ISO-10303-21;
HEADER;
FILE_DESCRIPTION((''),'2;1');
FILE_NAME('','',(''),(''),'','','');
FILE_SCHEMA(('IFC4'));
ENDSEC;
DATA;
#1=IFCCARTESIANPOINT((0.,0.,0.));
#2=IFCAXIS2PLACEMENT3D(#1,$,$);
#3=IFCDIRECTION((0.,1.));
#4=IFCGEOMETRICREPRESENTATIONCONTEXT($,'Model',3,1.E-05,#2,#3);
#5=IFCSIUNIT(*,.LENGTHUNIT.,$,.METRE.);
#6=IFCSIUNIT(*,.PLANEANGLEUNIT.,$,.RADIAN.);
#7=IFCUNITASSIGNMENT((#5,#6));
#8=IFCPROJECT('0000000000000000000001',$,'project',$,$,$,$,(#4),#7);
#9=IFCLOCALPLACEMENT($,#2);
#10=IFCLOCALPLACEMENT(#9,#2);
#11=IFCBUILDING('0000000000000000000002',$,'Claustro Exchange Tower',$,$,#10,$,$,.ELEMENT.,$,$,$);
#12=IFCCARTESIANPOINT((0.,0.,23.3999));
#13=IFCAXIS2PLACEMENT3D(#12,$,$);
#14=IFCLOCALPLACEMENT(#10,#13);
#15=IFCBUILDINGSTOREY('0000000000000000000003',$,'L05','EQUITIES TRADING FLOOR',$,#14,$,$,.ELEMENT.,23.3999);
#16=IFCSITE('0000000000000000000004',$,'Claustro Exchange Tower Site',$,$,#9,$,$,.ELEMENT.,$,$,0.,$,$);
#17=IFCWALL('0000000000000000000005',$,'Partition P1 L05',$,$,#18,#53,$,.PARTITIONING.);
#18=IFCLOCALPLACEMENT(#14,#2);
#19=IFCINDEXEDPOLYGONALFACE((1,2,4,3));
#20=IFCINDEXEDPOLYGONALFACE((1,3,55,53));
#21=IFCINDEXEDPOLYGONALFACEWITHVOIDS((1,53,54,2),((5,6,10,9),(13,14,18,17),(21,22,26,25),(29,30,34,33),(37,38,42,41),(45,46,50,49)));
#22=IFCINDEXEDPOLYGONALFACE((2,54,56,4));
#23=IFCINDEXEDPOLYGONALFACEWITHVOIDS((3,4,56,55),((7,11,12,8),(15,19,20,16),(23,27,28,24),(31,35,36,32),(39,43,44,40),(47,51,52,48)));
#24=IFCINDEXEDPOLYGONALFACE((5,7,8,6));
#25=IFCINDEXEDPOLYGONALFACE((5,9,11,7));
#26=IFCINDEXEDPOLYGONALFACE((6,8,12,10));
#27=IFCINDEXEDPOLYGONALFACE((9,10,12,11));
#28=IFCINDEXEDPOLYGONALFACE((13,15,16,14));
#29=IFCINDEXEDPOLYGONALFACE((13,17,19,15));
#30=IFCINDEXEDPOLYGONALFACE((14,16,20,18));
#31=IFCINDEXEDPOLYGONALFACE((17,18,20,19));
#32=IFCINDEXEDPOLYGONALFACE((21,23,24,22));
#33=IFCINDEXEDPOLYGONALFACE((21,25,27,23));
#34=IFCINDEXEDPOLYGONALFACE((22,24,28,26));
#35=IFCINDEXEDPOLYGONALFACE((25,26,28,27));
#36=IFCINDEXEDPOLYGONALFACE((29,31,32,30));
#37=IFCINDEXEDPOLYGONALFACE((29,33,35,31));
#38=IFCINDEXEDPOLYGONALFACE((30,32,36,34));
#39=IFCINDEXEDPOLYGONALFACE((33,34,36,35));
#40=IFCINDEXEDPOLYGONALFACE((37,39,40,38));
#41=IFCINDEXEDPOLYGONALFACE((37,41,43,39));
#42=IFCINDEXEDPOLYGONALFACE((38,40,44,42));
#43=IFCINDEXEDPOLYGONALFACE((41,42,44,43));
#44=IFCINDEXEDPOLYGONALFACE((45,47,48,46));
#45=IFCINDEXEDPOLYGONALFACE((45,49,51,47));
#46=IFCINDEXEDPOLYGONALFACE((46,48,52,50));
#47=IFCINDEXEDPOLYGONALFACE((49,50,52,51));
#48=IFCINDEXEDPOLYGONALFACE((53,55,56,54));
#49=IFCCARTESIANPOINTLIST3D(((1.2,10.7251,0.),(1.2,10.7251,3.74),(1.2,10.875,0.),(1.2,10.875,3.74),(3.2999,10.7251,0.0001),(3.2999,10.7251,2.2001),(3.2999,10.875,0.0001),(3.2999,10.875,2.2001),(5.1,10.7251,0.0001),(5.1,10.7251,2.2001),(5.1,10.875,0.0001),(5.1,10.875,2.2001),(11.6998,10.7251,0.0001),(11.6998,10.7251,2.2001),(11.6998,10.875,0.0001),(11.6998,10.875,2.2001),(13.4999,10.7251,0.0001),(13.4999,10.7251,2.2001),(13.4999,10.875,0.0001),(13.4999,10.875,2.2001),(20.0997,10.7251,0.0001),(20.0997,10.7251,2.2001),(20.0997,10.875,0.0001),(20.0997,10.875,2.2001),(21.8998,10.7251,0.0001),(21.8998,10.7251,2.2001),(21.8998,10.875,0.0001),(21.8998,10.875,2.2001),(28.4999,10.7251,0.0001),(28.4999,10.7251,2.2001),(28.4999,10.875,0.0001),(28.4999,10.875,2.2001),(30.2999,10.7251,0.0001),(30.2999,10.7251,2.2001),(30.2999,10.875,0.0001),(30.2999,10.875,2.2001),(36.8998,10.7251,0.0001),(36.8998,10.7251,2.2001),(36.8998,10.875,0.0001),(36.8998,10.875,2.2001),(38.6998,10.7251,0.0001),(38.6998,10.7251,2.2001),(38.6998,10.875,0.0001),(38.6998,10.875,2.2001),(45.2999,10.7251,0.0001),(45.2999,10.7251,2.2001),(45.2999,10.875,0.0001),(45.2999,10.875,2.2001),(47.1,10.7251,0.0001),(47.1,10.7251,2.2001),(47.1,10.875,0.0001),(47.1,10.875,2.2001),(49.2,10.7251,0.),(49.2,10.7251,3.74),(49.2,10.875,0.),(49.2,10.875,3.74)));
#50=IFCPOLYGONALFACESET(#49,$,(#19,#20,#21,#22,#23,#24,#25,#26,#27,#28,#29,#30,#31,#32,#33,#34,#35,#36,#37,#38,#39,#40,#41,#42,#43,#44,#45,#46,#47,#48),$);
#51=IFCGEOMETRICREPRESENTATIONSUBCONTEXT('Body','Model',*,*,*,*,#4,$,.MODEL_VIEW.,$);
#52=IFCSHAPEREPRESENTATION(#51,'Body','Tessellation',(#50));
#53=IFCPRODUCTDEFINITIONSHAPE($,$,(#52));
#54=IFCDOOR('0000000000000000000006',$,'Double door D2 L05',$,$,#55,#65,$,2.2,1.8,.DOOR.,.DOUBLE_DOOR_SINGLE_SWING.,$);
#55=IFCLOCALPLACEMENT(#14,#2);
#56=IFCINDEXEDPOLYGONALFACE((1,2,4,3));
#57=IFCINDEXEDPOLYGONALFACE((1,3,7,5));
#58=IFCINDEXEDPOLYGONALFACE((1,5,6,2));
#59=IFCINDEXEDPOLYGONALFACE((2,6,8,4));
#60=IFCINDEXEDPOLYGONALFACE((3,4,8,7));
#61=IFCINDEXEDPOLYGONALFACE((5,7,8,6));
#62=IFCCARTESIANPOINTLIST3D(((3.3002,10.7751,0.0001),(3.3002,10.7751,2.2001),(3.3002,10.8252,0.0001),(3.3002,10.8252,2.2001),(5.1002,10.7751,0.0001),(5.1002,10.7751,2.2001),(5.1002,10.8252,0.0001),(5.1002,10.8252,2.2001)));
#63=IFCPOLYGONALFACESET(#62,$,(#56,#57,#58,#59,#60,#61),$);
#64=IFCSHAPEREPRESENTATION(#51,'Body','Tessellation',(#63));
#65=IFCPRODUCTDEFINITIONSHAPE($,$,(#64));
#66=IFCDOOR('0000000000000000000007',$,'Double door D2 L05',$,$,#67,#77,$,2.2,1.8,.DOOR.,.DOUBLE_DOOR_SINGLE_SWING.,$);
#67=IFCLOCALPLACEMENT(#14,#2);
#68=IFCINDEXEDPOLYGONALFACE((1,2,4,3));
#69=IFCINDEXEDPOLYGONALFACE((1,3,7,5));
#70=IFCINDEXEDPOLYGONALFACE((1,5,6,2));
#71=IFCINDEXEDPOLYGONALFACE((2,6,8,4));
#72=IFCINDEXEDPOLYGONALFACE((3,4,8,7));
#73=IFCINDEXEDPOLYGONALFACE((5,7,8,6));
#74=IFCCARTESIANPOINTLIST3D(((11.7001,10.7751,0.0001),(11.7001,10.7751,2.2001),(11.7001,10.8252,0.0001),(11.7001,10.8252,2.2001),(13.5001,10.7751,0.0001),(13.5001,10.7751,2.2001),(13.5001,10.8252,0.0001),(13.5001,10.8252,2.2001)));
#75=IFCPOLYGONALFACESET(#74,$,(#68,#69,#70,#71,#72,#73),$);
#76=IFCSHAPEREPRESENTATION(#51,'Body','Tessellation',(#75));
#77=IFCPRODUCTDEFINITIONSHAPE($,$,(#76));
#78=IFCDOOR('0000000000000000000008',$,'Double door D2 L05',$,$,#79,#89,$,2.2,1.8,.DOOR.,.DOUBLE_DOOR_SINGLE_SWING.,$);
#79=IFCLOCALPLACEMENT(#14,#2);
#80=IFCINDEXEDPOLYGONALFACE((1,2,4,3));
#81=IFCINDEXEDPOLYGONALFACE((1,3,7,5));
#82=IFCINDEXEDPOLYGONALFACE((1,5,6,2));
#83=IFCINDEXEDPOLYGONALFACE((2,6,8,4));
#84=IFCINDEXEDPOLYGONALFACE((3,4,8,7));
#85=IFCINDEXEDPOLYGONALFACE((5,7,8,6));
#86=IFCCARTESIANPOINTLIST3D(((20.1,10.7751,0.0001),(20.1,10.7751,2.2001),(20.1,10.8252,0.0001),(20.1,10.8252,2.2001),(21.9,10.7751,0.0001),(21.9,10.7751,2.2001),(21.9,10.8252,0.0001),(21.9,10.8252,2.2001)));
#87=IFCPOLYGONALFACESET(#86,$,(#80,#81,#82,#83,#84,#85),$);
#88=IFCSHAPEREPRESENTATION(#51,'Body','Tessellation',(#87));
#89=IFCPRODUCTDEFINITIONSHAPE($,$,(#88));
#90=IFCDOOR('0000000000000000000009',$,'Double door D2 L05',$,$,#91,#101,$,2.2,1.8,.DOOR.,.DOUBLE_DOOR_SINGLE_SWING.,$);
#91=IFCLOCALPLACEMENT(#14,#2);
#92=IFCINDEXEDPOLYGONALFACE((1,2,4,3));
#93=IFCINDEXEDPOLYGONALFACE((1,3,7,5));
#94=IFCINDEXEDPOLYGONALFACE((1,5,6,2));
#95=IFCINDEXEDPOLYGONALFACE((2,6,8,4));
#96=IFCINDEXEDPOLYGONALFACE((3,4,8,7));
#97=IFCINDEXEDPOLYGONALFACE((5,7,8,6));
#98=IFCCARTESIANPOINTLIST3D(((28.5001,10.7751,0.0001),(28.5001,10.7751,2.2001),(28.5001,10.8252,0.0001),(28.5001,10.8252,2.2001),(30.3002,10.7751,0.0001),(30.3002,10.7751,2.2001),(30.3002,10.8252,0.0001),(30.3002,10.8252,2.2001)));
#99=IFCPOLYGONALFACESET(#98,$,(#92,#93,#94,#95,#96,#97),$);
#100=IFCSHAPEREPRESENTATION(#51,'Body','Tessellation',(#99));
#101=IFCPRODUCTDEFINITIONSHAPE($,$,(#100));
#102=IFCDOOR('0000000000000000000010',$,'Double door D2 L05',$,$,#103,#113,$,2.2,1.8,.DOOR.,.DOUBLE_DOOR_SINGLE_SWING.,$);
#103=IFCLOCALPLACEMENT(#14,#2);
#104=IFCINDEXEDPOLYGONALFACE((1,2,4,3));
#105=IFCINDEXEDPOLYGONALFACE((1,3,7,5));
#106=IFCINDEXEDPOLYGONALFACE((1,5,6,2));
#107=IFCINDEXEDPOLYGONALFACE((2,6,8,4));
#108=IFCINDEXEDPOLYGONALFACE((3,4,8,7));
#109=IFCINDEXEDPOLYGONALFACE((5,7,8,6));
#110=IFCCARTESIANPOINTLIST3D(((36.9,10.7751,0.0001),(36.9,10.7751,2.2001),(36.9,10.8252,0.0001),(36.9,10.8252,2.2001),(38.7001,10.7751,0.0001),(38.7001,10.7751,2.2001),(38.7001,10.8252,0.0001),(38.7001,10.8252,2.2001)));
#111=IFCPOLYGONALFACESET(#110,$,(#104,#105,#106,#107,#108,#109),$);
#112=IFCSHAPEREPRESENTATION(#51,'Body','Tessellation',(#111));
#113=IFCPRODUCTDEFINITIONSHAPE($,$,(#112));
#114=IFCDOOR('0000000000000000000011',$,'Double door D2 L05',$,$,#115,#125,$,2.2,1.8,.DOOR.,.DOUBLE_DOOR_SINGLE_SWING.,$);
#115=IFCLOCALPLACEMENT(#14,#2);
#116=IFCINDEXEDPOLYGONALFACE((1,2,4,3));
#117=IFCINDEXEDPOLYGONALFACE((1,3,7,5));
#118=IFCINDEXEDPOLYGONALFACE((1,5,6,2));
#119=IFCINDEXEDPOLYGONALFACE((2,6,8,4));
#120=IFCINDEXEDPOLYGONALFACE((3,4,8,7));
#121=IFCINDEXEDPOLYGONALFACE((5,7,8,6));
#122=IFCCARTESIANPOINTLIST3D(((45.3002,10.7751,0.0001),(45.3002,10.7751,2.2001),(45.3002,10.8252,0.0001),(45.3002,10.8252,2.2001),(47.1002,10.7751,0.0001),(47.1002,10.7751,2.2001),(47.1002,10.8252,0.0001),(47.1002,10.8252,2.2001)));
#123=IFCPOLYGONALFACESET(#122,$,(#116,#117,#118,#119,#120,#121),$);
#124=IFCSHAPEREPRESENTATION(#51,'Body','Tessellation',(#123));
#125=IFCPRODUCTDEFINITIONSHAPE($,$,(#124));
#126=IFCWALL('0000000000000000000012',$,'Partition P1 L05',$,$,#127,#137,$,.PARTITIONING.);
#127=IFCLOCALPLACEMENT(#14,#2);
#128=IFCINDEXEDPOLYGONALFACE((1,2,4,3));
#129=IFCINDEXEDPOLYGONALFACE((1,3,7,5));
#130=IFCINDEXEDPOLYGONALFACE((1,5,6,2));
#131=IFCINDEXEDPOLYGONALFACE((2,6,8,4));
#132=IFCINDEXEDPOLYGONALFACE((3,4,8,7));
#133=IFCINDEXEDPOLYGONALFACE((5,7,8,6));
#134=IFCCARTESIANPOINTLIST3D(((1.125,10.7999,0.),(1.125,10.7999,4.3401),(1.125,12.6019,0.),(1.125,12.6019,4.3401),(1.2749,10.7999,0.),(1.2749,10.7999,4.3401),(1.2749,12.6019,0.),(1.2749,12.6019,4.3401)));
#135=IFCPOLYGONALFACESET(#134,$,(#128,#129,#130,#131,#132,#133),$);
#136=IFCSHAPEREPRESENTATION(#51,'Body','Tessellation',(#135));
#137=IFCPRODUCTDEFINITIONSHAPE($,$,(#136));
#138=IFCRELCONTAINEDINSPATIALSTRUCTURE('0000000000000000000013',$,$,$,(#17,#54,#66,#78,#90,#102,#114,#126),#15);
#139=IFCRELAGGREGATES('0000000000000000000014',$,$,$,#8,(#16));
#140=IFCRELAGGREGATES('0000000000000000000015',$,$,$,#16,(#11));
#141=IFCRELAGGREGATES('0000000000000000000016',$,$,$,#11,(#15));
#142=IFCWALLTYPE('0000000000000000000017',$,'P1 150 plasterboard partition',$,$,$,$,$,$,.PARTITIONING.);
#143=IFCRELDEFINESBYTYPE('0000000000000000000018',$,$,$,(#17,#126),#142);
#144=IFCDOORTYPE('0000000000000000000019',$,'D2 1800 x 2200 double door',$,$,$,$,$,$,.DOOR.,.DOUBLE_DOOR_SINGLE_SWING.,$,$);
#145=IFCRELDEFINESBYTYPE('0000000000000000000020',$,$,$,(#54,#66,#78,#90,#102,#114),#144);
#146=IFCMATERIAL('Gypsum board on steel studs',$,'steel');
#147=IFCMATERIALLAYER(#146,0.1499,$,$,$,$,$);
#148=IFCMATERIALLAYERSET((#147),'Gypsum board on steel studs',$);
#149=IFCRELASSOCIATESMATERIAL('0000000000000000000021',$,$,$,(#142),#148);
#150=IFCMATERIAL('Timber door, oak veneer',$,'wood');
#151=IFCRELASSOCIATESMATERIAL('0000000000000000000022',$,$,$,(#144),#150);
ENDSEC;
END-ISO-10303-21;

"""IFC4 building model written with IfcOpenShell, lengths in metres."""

from ifc_helpers import new_model, si_unit, direction, frame, frame_2d, origin, place, context, subcontext, project, spatial, rectangle, extrude, material, layer, layer_set, type_object, element, fill, save


model = new_model("IFC4")

# Units and contexts
model_context = context("Model", 3, precision=1e-05, world=origin(), true_north=direction((0.0, 1.0)))
body_context = subcontext(model_context, "Body", "Model", "MODEL_VIEW")
ifc_project = project(units=[si_unit("LENGTHUNIT", "METRE"), si_unit("PLANEANGLEUNIT", "RADIAN")], contexts=[model_context])

# Site, building, storey
site_placement = place(None, origin())
site = spatial("IfcSite", under=ifc_project, at=site_placement, Name="Claustro Exchange Tower Site", CompositionType="ELEMENT", RefElevation=0.0)
building_placement = place(site_placement, origin())
building = spatial("IfcBuilding", under=site, at=building_placement, Name="Claustro Exchange Tower", CompositionType="ELEMENT")
storey_placement = place(building_placement, frame((0.0, 0.0, 23.3999)))
storey = spatial("IfcBuildingStorey", under=building, at=storey_placement, Name="L05", Description="EQUITIES TRADING FLOOR", CompositionType="ELEMENT", Elevation=23.3999)

# Wall, openings, doors
ifc_material_1 = material(Name="Gypsum board on steel studs", Category="steel")
ifc_layer_1 = layer(ifc_material_1, 0.1499)
ifc_layer_set_1 = layer_set([ifc_layer_1], Name="Gypsum board on steel studs")
wall_type_1 = type_object("IfcWallType", Name="P1 150 plasterboard partition", PredefinedType="PARTITIONING", material=ifc_layer_set_1)
wall_1_placement = place(storey_placement, frame((1.2, 10.8, 0.0), z_axis=(0.0, 0.0, 1.0), x_axis=(1.0, 0.0, 0.0)))
wall_1 = element("IfcWall", 1, at=wall_1_placement, inside=storey, type_object=wall_type_1, Name="Partition P1 L05", PredefinedType="PARTITIONING", context=body_context, shape_type="SweptSolid", body=[
    extrude(rectangle(XDim=48.0, YDim=0.1499, at=frame_2d((24.0, 0.0))), origin(), (0.0, 0.0, 1.0), 3.74),
])
opening_1_placement = place(wall_1_placement, frame((2.1001, 0.0, 0.0)))
opening_1 = element("IfcOpeningElement", 2, at=opening_1_placement, cuts=wall_1, PredefinedType="OPENING", context=body_context, shape_type="SweptSolid", body=[
    extrude(rectangle(XDim=1.8, YDim=2.2, at=frame_2d((0.8999, 1.1001))), frame((0.0, 0.085, 0.0), z_axis=(0.0, -1.0, 0.0), x_axis=(1.0, 0.0, 0.0)), (0.0, 0.0, 1.0), 0.1699),
])
opening_2_placement = place(wall_1_placement, frame((10.5, 0.0, 0.0)))
opening_2 = element("IfcOpeningElement", 3, at=opening_2_placement, cuts=wall_1, PredefinedType="OPENING", context=body_context, shape_type="SweptSolid", body=[
    extrude(rectangle(XDim=1.8, YDim=2.2, at=frame_2d((0.8999, 1.1001))), frame((0.0, 0.085, 0.0), z_axis=(0.0, -1.0, 0.0), x_axis=(1.0, 0.0, 0.0)), (0.0, 0.0, 1.0), 0.1699),
])
opening_3_placement = place(wall_1_placement, frame((18.8999, 0.0, 0.0)))
opening_3 = element("IfcOpeningElement", 4, at=opening_3_placement, cuts=wall_1, PredefinedType="OPENING", context=body_context, shape_type="SweptSolid", body=[
    extrude(rectangle(XDim=1.8, YDim=2.2, at=frame_2d((0.8999, 1.1001))), frame((0.0, 0.085, 0.0), z_axis=(0.0, -1.0, 0.0), x_axis=(1.0, 0.0, 0.0)), (0.0, 0.0, 1.0), 0.1699),
])
opening_4_placement = place(wall_1_placement, frame((27.3, 0.0, 0.0)))
opening_4 = element("IfcOpeningElement", 5, at=opening_4_placement, cuts=wall_1, PredefinedType="OPENING", context=body_context, shape_type="SweptSolid", body=[
    extrude(rectangle(XDim=1.8, YDim=2.2, at=frame_2d((0.8999, 1.1001))), frame((0.0, 0.085, 0.0), z_axis=(0.0, -1.0, 0.0), x_axis=(1.0, 0.0, 0.0)), (0.0, 0.0, 1.0), 0.1699),
])
opening_5_placement = place(wall_1_placement, frame((35.7, 0.0, 0.0)))
opening_5 = element("IfcOpeningElement", 6, at=opening_5_placement, cuts=wall_1, PredefinedType="OPENING", context=body_context, shape_type="SweptSolid", body=[
    extrude(rectangle(XDim=1.8, YDim=2.2, at=frame_2d((0.8999, 1.1001))), frame((0.0, 0.085, 0.0), z_axis=(0.0, -1.0, 0.0), x_axis=(1.0, 0.0, 0.0)), (0.0, 0.0, 1.0), 0.1699),
])
opening_6_placement = place(wall_1_placement, frame((44.1001, 0.0, 0.0)))
opening_6 = element("IfcOpeningElement", 7, at=opening_6_placement, cuts=wall_1, PredefinedType="OPENING", context=body_context, shape_type="SweptSolid", body=[
    extrude(rectangle(XDim=1.8, YDim=2.2, at=frame_2d((0.8999, 1.1001))), frame((0.0, 0.085, 0.0), z_axis=(0.0, -1.0, 0.0), x_axis=(1.0, 0.0, 0.0)), (0.0, 0.0, 1.0), 0.1699),
])
ifc_material_2 = material(Name="Timber door, oak veneer", Category="wood")
door_type_1 = type_object("IfcDoorType", Name="D2 1800 x 2200 double door", OperationType="DOUBLE_DOOR_SINGLE_SWING", PredefinedType="DOOR", material=ifc_material_2)
door_1_placement = place(opening_1_placement, frame((1.8, 0.0, 0.0), z_axis=(0.0, 0.0, 1.0), x_axis=(-1.0, 0.0, 0.0)))
door_1 = element("IfcDoor", 8, at=door_1_placement, inside=storey, type_object=door_type_1, Name="Double door D2 L05", OperationType="DOUBLE_DOOR_SINGLE_SWING", OverallHeight=2.2, OverallWidth=1.8, PredefinedType="DOOR", context=body_context, shape_type="SweptSolid", body=[
    extrude(rectangle(XDim=1.8, YDim=2.2, at=frame_2d((0.8999, 1.1001))), frame((0.0, 0.0249, 0.0), z_axis=(0.0, -1.0, 0.0), x_axis=(1.0, 0.0, 0.0)), (0.0, 0.0, 1.0), 0.05),
])
fill(opening_1, door_1)
door_2_placement = place(opening_2_placement, frame((1.8, 0.0, 0.0), z_axis=(0.0, 0.0, 1.0), x_axis=(-1.0, 0.0, 0.0)))
door_2 = element("IfcDoor", 9, at=door_2_placement, inside=storey, type_object=door_type_1, Name="Double door D2 L05", OperationType="DOUBLE_DOOR_SINGLE_SWING", OverallHeight=2.2, OverallWidth=1.8, PredefinedType="DOOR", context=body_context, shape_type="SweptSolid", body=[
    extrude(rectangle(XDim=1.8, YDim=2.2, at=frame_2d((0.8999, 1.1001))), frame((0.0, 0.0249, 0.0), z_axis=(0.0, -1.0, 0.0), x_axis=(1.0, 0.0, 0.0)), (0.0, 0.0, 1.0), 0.05),
])
fill(opening_2, door_2)
door_3_placement = place(opening_3_placement, frame((1.8, 0.0, 0.0), z_axis=(0.0, 0.0, 1.0), x_axis=(-1.0, 0.0, 0.0)))
door_3 = element("IfcDoor", 10, at=door_3_placement, inside=storey, type_object=door_type_1, Name="Double door D2 L05", OperationType="DOUBLE_DOOR_SINGLE_SWING", OverallHeight=2.2, OverallWidth=1.8, PredefinedType="DOOR", context=body_context, shape_type="SweptSolid", body=[
    extrude(rectangle(XDim=1.8, YDim=2.2, at=frame_2d((0.8999, 1.1001))), frame((0.0, 0.0249, 0.0), z_axis=(0.0, -1.0, 0.0), x_axis=(1.0, 0.0, 0.0)), (0.0, 0.0, 1.0), 0.05),
])
fill(opening_3, door_3)
door_4_placement = place(opening_4_placement, frame((1.8, 0.0, 0.0), z_axis=(0.0, 0.0, 1.0), x_axis=(-1.0, 0.0, 0.0)))
door_4 = element("IfcDoor", 11, at=door_4_placement, inside=storey, type_object=door_type_1, Name="Double door D2 L05", OperationType="DOUBLE_DOOR_SINGLE_SWING", OverallHeight=2.2, OverallWidth=1.8, PredefinedType="DOOR", context=body_context, shape_type="SweptSolid", body=[
    extrude(rectangle(XDim=1.8, YDim=2.2, at=frame_2d((0.8999, 1.1001))), frame((0.0, 0.0249, 0.0), z_axis=(0.0, -1.0, 0.0), x_axis=(1.0, 0.0, 0.0)), (0.0, 0.0, 1.0), 0.05),
])
fill(opening_4, door_4)
door_5_placement = place(opening_5_placement, frame((1.8, 0.0, 0.0), z_axis=(0.0, 0.0, 1.0), x_axis=(-1.0, 0.0, 0.0)))
door_5 = element("IfcDoor", 12, at=door_5_placement, inside=storey, type_object=door_type_1, Name="Double door D2 L05", OperationType="DOUBLE_DOOR_SINGLE_SWING", OverallHeight=2.2, OverallWidth=1.8, PredefinedType="DOOR", context=body_context, shape_type="SweptSolid", body=[
    extrude(rectangle(XDim=1.8, YDim=2.2, at=frame_2d((0.8999, 1.1001))), frame((0.0, 0.0249, 0.0), z_axis=(0.0, -1.0, 0.0), x_axis=(1.0, 0.0, 0.0)), (0.0, 0.0, 1.0), 0.05),
])
fill(opening_5, door_5)
door_6_placement = place(opening_6_placement, frame((1.8, 0.0, 0.0), z_axis=(0.0, 0.0, 1.0), x_axis=(-1.0, 0.0, 0.0)))
door_6 = element("IfcDoor", 13, at=door_6_placement, inside=storey, type_object=door_type_1, Name="Double door D2 L05", OperationType="DOUBLE_DOOR_SINGLE_SWING", OverallHeight=2.2, OverallWidth=1.8, PredefinedType="DOOR", context=body_context, shape_type="SweptSolid", body=[
    extrude(rectangle(XDim=1.8, YDim=2.2, at=frame_2d((0.8999, 1.1001))), frame((0.0, 0.0249, 0.0), z_axis=(0.0, -1.0, 0.0), x_axis=(1.0, 0.0, 0.0)), (0.0, 0.0, 1.0), 0.05),
])
fill(opening_6, door_6)

# Wall
wall_2_placement = place(storey_placement, frame((1.2, 10.8, 0.0), z_axis=(0.0, 0.0, 1.0), x_axis=(0.0, 1.0, 0.0)))
element("IfcWall", 14, at=wall_2_placement, inside=storey, type_object=wall_type_1, Name="Partition P1 L05", PredefinedType="PARTITIONING", context=body_context, shape_type="SweptSolid", body=[
    extrude(rectangle(XDim=1.802, YDim=0.1499, at=frame_2d((0.9009, 0.0))), origin(), (0.0, 0.0, 1.0), 4.3401),
])

save(model, "model.ifc")
